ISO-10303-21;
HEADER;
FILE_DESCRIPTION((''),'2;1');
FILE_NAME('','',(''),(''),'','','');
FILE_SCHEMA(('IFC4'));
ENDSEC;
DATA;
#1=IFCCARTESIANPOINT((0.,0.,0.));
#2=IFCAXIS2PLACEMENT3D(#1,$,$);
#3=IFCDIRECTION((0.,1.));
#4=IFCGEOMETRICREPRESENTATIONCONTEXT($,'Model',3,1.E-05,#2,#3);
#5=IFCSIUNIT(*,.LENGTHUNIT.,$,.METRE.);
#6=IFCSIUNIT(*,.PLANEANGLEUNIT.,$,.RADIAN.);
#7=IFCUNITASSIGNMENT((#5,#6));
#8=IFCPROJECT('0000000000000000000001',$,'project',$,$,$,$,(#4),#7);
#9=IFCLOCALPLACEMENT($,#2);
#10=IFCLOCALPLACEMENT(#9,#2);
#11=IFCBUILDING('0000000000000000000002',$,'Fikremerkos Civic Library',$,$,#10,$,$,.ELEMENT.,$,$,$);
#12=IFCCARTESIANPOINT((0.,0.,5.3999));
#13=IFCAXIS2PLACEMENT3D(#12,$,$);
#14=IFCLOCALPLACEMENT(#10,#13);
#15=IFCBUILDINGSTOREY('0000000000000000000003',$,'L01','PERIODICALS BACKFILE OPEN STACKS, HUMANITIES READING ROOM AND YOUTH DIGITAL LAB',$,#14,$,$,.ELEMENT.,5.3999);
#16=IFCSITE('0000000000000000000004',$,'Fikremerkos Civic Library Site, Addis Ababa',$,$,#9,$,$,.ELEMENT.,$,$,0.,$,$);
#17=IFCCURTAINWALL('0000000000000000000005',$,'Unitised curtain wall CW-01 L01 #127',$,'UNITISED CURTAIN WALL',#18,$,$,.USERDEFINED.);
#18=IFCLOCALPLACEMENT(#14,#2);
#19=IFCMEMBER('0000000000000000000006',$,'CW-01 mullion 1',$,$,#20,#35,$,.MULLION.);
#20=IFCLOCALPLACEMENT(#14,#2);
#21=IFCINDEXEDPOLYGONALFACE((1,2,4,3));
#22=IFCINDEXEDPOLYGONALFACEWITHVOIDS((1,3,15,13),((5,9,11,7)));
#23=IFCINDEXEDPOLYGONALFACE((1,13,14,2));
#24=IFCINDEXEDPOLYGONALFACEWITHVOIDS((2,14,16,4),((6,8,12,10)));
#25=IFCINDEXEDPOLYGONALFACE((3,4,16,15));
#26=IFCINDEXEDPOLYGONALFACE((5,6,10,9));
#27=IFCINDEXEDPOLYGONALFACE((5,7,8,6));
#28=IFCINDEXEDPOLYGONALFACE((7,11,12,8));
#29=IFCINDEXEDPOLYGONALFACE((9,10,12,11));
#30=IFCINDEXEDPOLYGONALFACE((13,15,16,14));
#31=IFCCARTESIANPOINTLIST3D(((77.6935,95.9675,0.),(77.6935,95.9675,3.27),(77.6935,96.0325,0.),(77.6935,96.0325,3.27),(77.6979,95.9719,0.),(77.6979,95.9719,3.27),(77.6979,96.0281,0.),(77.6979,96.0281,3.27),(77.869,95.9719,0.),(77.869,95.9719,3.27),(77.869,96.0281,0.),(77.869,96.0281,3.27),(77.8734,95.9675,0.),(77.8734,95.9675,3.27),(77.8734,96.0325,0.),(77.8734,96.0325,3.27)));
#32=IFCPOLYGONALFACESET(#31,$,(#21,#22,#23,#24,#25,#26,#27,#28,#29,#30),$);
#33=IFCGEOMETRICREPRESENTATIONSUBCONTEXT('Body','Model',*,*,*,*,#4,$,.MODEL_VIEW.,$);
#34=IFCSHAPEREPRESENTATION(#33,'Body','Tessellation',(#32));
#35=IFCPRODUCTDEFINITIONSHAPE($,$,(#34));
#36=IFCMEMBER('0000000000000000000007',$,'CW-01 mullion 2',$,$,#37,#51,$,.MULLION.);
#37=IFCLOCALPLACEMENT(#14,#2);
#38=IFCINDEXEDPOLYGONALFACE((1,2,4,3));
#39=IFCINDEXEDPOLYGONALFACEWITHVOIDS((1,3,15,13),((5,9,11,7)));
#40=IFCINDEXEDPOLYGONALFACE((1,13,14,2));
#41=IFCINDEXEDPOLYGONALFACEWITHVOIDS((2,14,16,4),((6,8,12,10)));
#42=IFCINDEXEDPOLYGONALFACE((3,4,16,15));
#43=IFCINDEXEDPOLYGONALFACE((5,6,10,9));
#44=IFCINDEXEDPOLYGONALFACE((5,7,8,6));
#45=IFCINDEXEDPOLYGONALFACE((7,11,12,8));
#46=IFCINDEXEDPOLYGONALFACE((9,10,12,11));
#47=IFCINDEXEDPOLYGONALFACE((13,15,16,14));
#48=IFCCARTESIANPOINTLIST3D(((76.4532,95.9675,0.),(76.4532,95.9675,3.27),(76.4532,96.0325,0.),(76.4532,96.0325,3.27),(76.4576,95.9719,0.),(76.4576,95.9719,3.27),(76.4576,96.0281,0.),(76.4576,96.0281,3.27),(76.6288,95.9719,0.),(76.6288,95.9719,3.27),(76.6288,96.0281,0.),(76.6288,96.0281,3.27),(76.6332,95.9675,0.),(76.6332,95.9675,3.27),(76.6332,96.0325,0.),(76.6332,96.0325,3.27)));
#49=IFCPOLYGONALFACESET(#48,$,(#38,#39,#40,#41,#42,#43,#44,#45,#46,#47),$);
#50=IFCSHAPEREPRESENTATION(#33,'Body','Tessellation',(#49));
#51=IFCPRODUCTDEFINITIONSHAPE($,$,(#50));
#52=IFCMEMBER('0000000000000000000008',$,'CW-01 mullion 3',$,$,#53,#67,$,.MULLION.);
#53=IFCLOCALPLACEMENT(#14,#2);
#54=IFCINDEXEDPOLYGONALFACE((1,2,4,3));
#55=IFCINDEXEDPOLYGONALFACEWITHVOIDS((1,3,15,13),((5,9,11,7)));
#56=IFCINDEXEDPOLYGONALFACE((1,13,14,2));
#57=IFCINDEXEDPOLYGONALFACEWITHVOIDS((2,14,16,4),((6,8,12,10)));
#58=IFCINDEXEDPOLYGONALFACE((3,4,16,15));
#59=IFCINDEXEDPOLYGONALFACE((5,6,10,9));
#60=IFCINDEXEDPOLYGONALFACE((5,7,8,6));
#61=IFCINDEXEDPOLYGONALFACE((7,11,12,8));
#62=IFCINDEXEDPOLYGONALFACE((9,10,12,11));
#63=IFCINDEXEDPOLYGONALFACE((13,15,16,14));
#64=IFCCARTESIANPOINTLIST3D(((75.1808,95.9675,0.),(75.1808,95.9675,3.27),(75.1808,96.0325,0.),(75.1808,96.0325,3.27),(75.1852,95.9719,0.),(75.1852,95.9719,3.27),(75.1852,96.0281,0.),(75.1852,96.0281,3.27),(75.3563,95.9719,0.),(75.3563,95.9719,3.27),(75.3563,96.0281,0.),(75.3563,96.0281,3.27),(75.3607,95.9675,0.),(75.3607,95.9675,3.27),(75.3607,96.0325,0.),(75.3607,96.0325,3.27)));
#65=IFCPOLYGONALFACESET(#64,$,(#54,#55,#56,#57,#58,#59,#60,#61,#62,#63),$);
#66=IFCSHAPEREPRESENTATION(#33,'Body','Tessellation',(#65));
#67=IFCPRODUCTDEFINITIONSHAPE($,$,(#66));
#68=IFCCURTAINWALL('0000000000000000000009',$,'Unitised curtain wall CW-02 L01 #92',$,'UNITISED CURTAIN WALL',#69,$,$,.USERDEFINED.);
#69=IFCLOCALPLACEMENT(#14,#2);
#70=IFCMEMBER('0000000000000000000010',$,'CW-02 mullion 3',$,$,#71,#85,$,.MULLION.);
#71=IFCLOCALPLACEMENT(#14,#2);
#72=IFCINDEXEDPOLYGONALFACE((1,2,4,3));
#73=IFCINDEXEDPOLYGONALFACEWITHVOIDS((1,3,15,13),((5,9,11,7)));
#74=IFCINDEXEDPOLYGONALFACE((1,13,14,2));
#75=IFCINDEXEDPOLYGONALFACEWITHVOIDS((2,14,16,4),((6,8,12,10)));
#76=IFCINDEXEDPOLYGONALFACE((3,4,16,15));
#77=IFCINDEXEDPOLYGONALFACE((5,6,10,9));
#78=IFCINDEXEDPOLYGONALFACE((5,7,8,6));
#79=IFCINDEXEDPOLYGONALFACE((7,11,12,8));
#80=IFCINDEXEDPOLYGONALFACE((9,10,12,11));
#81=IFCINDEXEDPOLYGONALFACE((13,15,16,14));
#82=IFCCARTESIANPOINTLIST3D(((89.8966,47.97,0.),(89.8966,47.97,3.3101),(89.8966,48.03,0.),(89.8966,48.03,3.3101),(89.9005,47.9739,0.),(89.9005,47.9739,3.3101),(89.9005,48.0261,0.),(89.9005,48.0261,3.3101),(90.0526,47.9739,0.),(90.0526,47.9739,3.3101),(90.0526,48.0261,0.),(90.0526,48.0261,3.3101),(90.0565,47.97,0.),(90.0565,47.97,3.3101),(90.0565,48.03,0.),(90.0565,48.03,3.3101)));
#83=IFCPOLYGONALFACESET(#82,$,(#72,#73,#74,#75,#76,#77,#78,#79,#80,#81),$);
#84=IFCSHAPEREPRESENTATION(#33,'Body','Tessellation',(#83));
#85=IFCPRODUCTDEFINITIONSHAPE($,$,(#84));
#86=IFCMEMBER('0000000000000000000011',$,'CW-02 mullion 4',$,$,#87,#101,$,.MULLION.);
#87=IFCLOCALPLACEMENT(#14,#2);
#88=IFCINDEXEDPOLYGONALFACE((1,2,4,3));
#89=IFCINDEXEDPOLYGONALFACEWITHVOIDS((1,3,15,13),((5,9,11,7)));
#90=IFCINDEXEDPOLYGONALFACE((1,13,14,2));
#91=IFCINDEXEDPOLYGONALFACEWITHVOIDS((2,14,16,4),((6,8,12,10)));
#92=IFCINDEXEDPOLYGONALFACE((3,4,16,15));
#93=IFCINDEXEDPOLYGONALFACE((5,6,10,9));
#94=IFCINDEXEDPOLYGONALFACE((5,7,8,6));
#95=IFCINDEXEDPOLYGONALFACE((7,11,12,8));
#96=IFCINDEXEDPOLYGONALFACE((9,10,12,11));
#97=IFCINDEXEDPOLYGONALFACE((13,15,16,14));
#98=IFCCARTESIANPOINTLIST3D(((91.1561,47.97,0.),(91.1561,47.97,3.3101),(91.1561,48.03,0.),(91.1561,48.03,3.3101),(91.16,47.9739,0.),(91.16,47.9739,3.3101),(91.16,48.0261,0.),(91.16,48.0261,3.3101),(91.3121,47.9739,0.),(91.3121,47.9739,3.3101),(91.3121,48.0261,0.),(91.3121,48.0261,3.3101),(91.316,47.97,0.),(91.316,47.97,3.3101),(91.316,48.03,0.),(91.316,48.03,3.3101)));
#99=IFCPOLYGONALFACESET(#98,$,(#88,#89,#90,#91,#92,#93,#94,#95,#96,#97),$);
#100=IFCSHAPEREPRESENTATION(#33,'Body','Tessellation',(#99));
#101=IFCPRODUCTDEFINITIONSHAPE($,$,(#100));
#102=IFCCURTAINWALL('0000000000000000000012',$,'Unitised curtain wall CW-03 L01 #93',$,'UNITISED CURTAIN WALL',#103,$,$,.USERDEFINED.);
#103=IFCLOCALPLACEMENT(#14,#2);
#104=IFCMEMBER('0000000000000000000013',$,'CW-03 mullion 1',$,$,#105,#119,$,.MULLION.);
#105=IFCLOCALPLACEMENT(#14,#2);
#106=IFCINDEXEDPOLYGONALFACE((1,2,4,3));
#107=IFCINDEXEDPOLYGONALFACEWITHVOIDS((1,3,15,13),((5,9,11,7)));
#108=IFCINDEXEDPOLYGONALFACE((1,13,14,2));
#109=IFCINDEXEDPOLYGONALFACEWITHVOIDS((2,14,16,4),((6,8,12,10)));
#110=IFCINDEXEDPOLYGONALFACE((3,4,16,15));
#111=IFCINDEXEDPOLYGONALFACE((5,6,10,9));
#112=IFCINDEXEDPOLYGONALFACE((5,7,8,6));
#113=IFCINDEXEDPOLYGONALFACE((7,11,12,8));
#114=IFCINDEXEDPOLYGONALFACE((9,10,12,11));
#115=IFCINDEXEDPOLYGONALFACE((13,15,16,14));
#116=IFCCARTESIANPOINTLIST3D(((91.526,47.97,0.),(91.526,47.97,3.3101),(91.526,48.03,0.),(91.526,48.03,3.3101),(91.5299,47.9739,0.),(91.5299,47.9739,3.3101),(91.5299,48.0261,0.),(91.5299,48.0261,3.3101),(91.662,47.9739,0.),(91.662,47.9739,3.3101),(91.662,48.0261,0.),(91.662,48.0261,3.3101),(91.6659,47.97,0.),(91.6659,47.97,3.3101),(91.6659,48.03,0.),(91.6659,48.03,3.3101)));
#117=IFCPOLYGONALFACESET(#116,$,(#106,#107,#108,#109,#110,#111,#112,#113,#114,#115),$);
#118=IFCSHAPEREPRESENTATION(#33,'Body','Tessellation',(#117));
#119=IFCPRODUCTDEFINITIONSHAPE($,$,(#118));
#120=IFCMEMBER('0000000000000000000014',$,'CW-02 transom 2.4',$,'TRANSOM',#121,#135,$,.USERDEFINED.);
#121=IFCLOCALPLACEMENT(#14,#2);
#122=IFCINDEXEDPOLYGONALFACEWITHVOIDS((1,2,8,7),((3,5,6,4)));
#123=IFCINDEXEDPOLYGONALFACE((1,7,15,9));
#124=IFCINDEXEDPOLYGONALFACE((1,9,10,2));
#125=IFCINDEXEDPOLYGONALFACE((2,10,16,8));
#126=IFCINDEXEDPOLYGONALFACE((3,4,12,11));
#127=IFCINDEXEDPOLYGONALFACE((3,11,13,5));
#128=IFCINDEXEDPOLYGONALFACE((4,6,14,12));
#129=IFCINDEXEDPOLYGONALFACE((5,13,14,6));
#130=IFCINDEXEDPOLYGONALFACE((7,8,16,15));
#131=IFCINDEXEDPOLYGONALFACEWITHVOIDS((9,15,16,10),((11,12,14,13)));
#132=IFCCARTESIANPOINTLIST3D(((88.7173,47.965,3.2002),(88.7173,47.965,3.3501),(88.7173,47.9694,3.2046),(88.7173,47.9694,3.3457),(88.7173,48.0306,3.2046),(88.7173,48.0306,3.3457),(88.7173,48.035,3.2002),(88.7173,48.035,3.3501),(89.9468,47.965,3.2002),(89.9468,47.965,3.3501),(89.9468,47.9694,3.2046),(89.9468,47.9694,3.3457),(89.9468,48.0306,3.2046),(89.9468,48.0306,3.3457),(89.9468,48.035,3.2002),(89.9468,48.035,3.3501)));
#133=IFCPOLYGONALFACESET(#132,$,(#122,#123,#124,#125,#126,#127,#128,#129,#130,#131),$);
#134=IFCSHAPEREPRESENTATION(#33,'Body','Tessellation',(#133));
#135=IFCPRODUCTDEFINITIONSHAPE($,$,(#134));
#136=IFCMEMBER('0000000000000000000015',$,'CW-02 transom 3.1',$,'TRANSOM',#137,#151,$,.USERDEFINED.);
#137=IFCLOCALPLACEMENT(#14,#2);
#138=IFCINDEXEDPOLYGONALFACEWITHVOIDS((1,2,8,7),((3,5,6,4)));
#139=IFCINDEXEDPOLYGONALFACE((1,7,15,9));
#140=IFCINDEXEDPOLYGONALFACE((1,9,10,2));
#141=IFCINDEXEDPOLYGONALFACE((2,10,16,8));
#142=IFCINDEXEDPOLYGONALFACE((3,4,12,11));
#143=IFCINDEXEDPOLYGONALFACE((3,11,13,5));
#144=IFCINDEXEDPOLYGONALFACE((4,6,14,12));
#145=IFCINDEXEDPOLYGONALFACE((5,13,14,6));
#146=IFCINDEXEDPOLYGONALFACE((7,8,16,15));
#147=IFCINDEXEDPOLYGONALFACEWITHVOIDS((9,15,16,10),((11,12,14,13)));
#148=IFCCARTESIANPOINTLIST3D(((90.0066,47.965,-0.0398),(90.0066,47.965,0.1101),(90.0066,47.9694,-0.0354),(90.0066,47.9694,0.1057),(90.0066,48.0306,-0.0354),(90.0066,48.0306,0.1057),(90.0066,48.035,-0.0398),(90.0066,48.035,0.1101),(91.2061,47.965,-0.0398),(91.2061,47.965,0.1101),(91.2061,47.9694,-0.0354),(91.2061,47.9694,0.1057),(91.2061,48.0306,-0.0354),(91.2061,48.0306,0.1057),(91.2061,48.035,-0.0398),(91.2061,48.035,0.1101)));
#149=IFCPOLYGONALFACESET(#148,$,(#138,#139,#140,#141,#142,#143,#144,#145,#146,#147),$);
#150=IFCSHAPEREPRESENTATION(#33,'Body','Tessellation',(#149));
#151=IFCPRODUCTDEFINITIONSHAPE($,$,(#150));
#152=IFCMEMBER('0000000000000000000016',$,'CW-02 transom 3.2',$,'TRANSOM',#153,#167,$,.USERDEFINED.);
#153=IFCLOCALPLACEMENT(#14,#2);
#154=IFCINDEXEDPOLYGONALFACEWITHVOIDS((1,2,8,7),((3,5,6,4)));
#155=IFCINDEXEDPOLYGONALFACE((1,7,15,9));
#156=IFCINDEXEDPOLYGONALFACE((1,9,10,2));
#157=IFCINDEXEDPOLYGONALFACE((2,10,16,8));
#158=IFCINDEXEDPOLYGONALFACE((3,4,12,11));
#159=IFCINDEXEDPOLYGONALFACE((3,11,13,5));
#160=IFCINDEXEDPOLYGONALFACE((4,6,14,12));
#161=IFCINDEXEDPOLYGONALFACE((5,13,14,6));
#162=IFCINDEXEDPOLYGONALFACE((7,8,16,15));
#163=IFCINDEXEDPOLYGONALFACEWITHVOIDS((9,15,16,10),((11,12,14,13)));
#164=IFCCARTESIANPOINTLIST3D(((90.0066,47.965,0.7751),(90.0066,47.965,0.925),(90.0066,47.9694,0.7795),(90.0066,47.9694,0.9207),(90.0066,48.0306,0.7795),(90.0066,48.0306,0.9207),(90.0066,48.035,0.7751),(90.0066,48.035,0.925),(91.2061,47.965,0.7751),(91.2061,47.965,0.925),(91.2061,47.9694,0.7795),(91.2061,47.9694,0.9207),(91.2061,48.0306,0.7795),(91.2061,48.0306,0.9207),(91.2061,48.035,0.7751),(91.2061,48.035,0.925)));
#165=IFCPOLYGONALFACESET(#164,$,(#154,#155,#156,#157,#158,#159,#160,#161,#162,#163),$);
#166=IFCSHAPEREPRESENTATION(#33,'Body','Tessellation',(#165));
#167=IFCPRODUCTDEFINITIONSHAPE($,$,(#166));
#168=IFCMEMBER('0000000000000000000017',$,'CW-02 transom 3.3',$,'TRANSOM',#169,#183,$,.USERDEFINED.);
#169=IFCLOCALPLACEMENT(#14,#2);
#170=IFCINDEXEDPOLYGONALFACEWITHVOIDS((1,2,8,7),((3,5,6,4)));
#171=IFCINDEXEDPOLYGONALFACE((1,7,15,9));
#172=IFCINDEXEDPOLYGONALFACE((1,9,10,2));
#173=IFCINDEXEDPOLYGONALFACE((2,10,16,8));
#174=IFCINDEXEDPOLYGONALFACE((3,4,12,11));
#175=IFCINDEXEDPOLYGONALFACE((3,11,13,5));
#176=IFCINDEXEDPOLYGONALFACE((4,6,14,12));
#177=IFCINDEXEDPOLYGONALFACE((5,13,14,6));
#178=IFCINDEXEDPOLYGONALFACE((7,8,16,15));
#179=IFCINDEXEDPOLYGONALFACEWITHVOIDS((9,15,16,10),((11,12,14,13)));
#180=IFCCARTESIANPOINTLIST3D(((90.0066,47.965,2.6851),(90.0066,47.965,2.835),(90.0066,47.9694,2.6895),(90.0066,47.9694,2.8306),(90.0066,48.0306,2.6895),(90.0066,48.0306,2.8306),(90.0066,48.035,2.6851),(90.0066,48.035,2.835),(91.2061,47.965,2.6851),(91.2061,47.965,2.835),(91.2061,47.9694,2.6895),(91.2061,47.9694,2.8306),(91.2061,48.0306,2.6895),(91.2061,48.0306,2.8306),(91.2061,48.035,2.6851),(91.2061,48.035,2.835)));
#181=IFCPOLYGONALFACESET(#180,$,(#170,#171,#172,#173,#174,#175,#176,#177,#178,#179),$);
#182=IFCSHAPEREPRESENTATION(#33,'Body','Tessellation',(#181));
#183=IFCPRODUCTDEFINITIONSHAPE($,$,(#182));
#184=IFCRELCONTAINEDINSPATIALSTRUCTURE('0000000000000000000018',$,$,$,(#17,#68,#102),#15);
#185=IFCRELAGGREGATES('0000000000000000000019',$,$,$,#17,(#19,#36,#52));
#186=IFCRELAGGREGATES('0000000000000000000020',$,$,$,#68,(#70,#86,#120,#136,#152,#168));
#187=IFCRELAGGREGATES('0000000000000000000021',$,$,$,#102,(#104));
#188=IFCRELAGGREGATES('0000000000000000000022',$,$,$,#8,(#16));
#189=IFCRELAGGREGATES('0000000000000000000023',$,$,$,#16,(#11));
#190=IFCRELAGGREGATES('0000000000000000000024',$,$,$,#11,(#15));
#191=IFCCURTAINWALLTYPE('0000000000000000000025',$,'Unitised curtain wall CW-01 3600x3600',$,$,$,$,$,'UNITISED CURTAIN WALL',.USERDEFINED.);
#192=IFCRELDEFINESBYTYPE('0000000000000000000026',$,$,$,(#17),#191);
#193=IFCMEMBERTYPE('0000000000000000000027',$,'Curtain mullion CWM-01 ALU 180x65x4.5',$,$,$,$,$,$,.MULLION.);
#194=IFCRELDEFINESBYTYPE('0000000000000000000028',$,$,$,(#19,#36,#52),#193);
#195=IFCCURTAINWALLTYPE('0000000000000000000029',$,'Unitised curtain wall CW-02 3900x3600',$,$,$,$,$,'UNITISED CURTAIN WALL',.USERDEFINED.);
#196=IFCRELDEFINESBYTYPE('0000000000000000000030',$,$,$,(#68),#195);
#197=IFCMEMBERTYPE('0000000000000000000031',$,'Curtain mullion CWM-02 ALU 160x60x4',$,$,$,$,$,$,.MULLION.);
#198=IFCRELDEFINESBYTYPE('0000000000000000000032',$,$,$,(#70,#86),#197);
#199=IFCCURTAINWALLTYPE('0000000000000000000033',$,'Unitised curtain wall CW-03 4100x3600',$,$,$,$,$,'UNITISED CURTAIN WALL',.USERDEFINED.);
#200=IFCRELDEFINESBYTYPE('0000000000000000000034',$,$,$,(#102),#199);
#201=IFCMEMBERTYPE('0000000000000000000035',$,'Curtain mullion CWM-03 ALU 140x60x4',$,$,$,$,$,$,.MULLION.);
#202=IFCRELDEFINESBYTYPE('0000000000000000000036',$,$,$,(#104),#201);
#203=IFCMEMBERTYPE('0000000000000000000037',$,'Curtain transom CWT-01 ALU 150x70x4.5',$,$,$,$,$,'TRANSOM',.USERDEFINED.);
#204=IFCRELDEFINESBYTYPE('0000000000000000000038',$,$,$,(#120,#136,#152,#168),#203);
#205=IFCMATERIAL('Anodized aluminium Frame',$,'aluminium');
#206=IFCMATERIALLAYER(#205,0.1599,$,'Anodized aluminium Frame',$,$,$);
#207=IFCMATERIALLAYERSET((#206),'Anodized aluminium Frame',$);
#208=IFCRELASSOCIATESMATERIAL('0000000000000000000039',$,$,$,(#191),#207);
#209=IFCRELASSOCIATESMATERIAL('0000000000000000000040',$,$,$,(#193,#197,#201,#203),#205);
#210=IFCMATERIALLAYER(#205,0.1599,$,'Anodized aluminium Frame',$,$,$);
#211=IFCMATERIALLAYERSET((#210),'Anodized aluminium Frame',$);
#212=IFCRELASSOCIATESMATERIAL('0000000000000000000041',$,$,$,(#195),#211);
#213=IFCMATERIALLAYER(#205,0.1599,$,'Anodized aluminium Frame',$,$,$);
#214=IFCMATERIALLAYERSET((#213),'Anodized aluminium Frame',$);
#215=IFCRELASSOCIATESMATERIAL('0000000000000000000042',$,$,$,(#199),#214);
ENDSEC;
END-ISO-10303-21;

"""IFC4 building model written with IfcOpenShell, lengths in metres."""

from ifc_helpers import new_model, si_unit, direction, frame, origin, origin_2d, place, context, subcontext, project, spatial, hollow_rectangle, extrude, material, layer, layer_set, material_profile, profile_set, type_object, element, aggregate, save


model = new_model("IFC4")

# Units and contexts
model_context = context("Model", 3, precision=1e-05, world=origin(), true_north=direction((0.0, 1.0)))
body_context = subcontext(model_context, "Body", "Model", "MODEL_VIEW")
ifc_project = project(units=[si_unit("LENGTHUNIT", "METRE"), si_unit("PLANEANGLEUNIT", "RADIAN")], contexts=[model_context])

# Site, building, storey
site_placement = place(None, origin())
site = spatial("IfcSite", under=ifc_project, at=site_placement, Name="Fikremerkos Civic Library Site, Addis Ababa", CompositionType="ELEMENT", RefElevation=0.0)
building_placement = place(site_placement, origin())
building = spatial("IfcBuilding", under=site, at=building_placement, Name="Fikremerkos Civic Library", CompositionType="ELEMENT")
storey_placement = place(building_placement, frame((0.0, 0.0, 5.3999)))
storey = spatial("IfcBuildingStorey", under=building, at=storey_placement, Name="L01", Description="PERIODICALS BACKFILE OPEN STACKS, HUMANITIES READING ROOM AND YOUTH DIGITAL LAB", CompositionType="ELEMENT", Elevation=5.3999)

# Curtain walls, members
ifc_material_1 = material(Name="Anodized aluminium Frame", Category="aluminium")
ifc_layer_1 = layer(ifc_material_1, 0.1599, Name="Anodized aluminium Frame")
ifc_layer_set_1 = layer_set([ifc_layer_1], Name="Anodized aluminium Frame")
curtain_wall_type_1 = type_object("IfcCurtainWallType", Name="Unitised curtain wall CW-01 3600x3600", ElementType="UNITISED CURTAIN WALL", PredefinedType="USERDEFINED", material=ifc_layer_set_1)
curtain_wall_1_placement = place(storey_placement, origin())
curtain_wall_1 = element("IfcCurtainWall", 1, at=curtain_wall_1_placement, inside=storey, type_object=curtain_wall_type_1, Name="Unitised curtain wall CW-01 L01 #127", ObjectType="UNITISED CURTAIN WALL", PredefinedType="USERDEFINED")
ifc_material_profile_1 = material_profile(ifc_material_1, hollow_rectangle(XDim=0.0649, YDim=0.1799, WallThickness=0.0044, at=origin_2d()), Name="ALU 180x65x4.5")
ifc_profile_set_1 = profile_set([ifc_material_profile_1], Name="Anodized aluminium Frame")
member_type_1 = type_object("IfcMemberType", Name="Curtain mullion CWM-01 ALU 180x65x4.5", PredefinedType="MULLION", material=ifc_profile_set_1)
member_1_placement = place(storey_placement, frame((77.7834, 96.0, 0.0), z_axis=(0.0, 0.0, 1.0), x_axis=(0.0, -1.0, 0.0)))
member_1 = element("IfcMember", 2, at=member_1_placement, type_object=member_type_1, Name="CW-01 mullion 1", PredefinedType="MULLION", context=body_context, shape_type="SweptSolid", body=[
    extrude(hollow_rectangle(XDim=0.0649, YDim=0.1799, WallThickness=0.0044, at=origin_2d()), origin(), (0.0, 0.0, 1.0), 3.27),
])
member_2_placement = place(storey_placement, frame((76.5432, 96.0, 0.0), z_axis=(0.0, 0.0, 1.0), x_axis=(0.0, -1.0, 0.0)))
member_2 = element("IfcMember", 3, at=member_2_placement, type_object=member_type_1, Name="CW-01 mullion 2", PredefinedType="MULLION", context=body_context, shape_type="SweptSolid", body=[
    extrude(hollow_rectangle(XDim=0.0649, YDim=0.1799, WallThickness=0.0044, at=origin_2d()), origin(), (0.0, 0.0, 1.0), 3.27),
])
member_3_placement = place(storey_placement, frame((75.2708, 96.0, 0.0), z_axis=(0.0, 0.0, 1.0), x_axis=(0.0, -1.0, 0.0)))
member_3 = element("IfcMember", 4, at=member_3_placement, type_object=member_type_1, Name="CW-01 mullion 3", PredefinedType="MULLION", context=body_context, shape_type="SweptSolid", body=[
    extrude(hollow_rectangle(XDim=0.0649, YDim=0.1799, WallThickness=0.0044, at=origin_2d()), origin(), (0.0, 0.0, 1.0), 3.27),
])
ifc_layer_2 = layer(ifc_material_1, 0.1599, Name="Anodized aluminium Frame")
ifc_layer_set_2 = layer_set([ifc_layer_2], Name="Anodized aluminium Frame")
curtain_wall_type_2 = type_object("IfcCurtainWallType", Name="Unitised curtain wall CW-02 3900x3600", ElementType="UNITISED CURTAIN WALL", PredefinedType="USERDEFINED", material=ifc_layer_set_2)
curtain_wall_2_placement = place(storey_placement, origin())
curtain_wall_2 = element("IfcCurtainWall", 5, at=curtain_wall_2_placement, inside=storey, type_object=curtain_wall_type_2, Name="Unitised curtain wall CW-02 L01 #92", ObjectType="UNITISED CURTAIN WALL", PredefinedType="USERDEFINED")
ifc_material_profile_2 = material_profile(ifc_material_1, hollow_rectangle(XDim=0.0601, YDim=0.1599, WallThickness=0.0039, at=origin_2d()), Name="ALU 160x60x4")
ifc_profile_set_2 = profile_set([ifc_material_profile_2], Name="Anodized aluminium Frame")
member_type_2 = type_object("IfcMemberType", Name="Curtain mullion CWM-02 ALU 160x60x4", PredefinedType="MULLION", material=ifc_profile_set_2)
member_4_placement = place(storey_placement, frame((89.9766, 48.0, 0.0), z_axis=(0.0, 0.0, 1.0), x_axis=(0.0, 1.0, 0.0)))
member_4 = element("IfcMember", 6, at=member_4_placement, type_object=member_type_2, Name="CW-02 mullion 3", PredefinedType="MULLION", context=body_context, shape_type="SweptSolid", body=[
    extrude(hollow_rectangle(XDim=0.0601, YDim=0.1599, WallThickness=0.0039, at=origin_2d()), origin(), (0.0, 0.0, 1.0), 3.3101),
])
member_5_placement = place(storey_placement, frame((91.2361, 48.0, 0.0), z_axis=(0.0, 0.0, 1.0), x_axis=(0.0, 1.0, 0.0)))
member_5 = element("IfcMember", 7, at=member_5_placement, type_object=member_type_2, Name="CW-02 mullion 4", PredefinedType="MULLION", context=body_context, shape_type="SweptSolid", body=[
    extrude(hollow_rectangle(XDim=0.0601, YDim=0.1599, WallThickness=0.0039, at=origin_2d()), origin(), (0.0, 0.0, 1.0), 3.3101),
])

# Curtain wall, member
ifc_layer_3 = layer(ifc_material_1, 0.1599, Name="Anodized aluminium Frame")
ifc_layer_set_3 = layer_set([ifc_layer_3], Name="Anodized aluminium Frame")
curtain_wall_type_3 = type_object("IfcCurtainWallType", Name="Unitised curtain wall CW-03 4100x3600", ElementType="UNITISED CURTAIN WALL", PredefinedType="USERDEFINED", material=ifc_layer_set_3)
curtain_wall_3_placement = place(storey_placement, origin())
curtain_wall_3 = element("IfcCurtainWall", 8, at=curtain_wall_3_placement, inside=storey, type_object=curtain_wall_type_3, Name="Unitised curtain wall CW-03 L01 #93", ObjectType="UNITISED CURTAIN WALL", PredefinedType="USERDEFINED")
ifc_material_profile_3 = material_profile(ifc_material_1, hollow_rectangle(XDim=0.0601, YDim=0.1399, WallThickness=0.0039, at=origin_2d()), Name="ALU 140x60x4")
ifc_profile_set_3 = profile_set([ifc_material_profile_3], Name="Anodized aluminium Frame")
member_type_3 = type_object("IfcMemberType", Name="Curtain mullion CWM-03 ALU 140x60x4", PredefinedType="MULLION", material=ifc_profile_set_3)
member_6_placement = place(storey_placement, frame((91.5959, 48.0, 0.0), z_axis=(0.0, 0.0, 1.0), x_axis=(0.0, 1.0, 0.0)))
member_6 = element("IfcMember", 9, at=member_6_placement, type_object=member_type_3, Name="CW-03 mullion 1", PredefinedType="MULLION", context=body_context, shape_type="SweptSolid", body=[
    extrude(hollow_rectangle(XDim=0.0601, YDim=0.1399, WallThickness=0.0039, at=origin_2d()), origin(), (0.0, 0.0, 1.0), 3.3101),
])

# Members
ifc_material_profile_4 = material_profile(ifc_material_1, hollow_rectangle(XDim=0.0701, YDim=0.1499, WallThickness=0.0044, at=origin_2d()), Name="ALU 150x70x4.5")
ifc_profile_set_4 = profile_set([ifc_material_profile_4], Name="Anodized aluminium Frame")
member_type_4 = type_object("IfcMemberType", Name="Curtain transom CWT-01 ALU 150x70x4.5", ElementType="TRANSOM", PredefinedType="USERDEFINED", material=ifc_profile_set_4)
member_7_placement = place(storey_placement, frame((88.7173, 48.0, 3.2751), z_axis=(1.0, 0.0, 0.0), x_axis=(0.0, 1.0, 0.0)))
member_7 = element("IfcMember", 10, at=member_7_placement, type_object=member_type_4, Name="CW-02 transom 2.4", ObjectType="TRANSOM", PredefinedType="USERDEFINED", context=body_context, shape_type="SweptSolid", body=[
    extrude(hollow_rectangle(XDim=0.0701, YDim=0.1499, WallThickness=0.0044, at=origin_2d()), origin(), (0.0, 0.0, 1.0), 1.2295),
])
member_8_placement = place(storey_placement, frame((90.0066, 48.0, 0.0352), z_axis=(1.0, 0.0, 0.0), x_axis=(0.0, 1.0, 0.0)))
member_8 = element("IfcMember", 11, at=member_8_placement, type_object=member_type_4, Name="CW-02 transom 3.1", ObjectType="TRANSOM", PredefinedType="USERDEFINED", context=body_context, shape_type="SweptSolid", body=[
    extrude(hollow_rectangle(XDim=0.0701, YDim=0.1499, WallThickness=0.0044, at=origin_2d()), origin(), (0.0, 0.0, 1.0), 1.1995),
])
member_9_placement = place(storey_placement, frame((90.0066, 48.0, 0.8501), z_axis=(1.0, 0.0, 0.0), x_axis=(0.0, 1.0, 0.0)))
member_9 = element("IfcMember", 12, at=member_9_placement, type_object=member_type_4, Name="CW-02 transom 3.2", ObjectType="TRANSOM", PredefinedType="USERDEFINED", context=body_context, shape_type="SweptSolid", body=[
    extrude(hollow_rectangle(XDim=0.0701, YDim=0.1499, WallThickness=0.0044, at=origin_2d()), origin(), (0.0, 0.0, 1.0), 1.1995),
])
member_10_placement = place(storey_placement, frame((90.0066, 48.0, 2.76), z_axis=(1.0, 0.0, 0.0), x_axis=(0.0, 1.0, 0.0)))
member_10 = element("IfcMember", 13, at=member_10_placement, type_object=member_type_4, Name="CW-02 transom 3.3", ObjectType="TRANSOM", PredefinedType="USERDEFINED", context=body_context, shape_type="SweptSolid", body=[
    extrude(hollow_rectangle(XDim=0.0701, YDim=0.1499, WallThickness=0.0044, at=origin_2d()), origin(), (0.0, 0.0, 1.0), 1.1995),
])

aggregate(curtain_wall_1, [member_1, member_2, member_3])
aggregate(curtain_wall_2, [member_4, member_5, member_7, member_8, member_9, member_10])
aggregate(curtain_wall_3, [member_6])

save(model, "model.ifc")
